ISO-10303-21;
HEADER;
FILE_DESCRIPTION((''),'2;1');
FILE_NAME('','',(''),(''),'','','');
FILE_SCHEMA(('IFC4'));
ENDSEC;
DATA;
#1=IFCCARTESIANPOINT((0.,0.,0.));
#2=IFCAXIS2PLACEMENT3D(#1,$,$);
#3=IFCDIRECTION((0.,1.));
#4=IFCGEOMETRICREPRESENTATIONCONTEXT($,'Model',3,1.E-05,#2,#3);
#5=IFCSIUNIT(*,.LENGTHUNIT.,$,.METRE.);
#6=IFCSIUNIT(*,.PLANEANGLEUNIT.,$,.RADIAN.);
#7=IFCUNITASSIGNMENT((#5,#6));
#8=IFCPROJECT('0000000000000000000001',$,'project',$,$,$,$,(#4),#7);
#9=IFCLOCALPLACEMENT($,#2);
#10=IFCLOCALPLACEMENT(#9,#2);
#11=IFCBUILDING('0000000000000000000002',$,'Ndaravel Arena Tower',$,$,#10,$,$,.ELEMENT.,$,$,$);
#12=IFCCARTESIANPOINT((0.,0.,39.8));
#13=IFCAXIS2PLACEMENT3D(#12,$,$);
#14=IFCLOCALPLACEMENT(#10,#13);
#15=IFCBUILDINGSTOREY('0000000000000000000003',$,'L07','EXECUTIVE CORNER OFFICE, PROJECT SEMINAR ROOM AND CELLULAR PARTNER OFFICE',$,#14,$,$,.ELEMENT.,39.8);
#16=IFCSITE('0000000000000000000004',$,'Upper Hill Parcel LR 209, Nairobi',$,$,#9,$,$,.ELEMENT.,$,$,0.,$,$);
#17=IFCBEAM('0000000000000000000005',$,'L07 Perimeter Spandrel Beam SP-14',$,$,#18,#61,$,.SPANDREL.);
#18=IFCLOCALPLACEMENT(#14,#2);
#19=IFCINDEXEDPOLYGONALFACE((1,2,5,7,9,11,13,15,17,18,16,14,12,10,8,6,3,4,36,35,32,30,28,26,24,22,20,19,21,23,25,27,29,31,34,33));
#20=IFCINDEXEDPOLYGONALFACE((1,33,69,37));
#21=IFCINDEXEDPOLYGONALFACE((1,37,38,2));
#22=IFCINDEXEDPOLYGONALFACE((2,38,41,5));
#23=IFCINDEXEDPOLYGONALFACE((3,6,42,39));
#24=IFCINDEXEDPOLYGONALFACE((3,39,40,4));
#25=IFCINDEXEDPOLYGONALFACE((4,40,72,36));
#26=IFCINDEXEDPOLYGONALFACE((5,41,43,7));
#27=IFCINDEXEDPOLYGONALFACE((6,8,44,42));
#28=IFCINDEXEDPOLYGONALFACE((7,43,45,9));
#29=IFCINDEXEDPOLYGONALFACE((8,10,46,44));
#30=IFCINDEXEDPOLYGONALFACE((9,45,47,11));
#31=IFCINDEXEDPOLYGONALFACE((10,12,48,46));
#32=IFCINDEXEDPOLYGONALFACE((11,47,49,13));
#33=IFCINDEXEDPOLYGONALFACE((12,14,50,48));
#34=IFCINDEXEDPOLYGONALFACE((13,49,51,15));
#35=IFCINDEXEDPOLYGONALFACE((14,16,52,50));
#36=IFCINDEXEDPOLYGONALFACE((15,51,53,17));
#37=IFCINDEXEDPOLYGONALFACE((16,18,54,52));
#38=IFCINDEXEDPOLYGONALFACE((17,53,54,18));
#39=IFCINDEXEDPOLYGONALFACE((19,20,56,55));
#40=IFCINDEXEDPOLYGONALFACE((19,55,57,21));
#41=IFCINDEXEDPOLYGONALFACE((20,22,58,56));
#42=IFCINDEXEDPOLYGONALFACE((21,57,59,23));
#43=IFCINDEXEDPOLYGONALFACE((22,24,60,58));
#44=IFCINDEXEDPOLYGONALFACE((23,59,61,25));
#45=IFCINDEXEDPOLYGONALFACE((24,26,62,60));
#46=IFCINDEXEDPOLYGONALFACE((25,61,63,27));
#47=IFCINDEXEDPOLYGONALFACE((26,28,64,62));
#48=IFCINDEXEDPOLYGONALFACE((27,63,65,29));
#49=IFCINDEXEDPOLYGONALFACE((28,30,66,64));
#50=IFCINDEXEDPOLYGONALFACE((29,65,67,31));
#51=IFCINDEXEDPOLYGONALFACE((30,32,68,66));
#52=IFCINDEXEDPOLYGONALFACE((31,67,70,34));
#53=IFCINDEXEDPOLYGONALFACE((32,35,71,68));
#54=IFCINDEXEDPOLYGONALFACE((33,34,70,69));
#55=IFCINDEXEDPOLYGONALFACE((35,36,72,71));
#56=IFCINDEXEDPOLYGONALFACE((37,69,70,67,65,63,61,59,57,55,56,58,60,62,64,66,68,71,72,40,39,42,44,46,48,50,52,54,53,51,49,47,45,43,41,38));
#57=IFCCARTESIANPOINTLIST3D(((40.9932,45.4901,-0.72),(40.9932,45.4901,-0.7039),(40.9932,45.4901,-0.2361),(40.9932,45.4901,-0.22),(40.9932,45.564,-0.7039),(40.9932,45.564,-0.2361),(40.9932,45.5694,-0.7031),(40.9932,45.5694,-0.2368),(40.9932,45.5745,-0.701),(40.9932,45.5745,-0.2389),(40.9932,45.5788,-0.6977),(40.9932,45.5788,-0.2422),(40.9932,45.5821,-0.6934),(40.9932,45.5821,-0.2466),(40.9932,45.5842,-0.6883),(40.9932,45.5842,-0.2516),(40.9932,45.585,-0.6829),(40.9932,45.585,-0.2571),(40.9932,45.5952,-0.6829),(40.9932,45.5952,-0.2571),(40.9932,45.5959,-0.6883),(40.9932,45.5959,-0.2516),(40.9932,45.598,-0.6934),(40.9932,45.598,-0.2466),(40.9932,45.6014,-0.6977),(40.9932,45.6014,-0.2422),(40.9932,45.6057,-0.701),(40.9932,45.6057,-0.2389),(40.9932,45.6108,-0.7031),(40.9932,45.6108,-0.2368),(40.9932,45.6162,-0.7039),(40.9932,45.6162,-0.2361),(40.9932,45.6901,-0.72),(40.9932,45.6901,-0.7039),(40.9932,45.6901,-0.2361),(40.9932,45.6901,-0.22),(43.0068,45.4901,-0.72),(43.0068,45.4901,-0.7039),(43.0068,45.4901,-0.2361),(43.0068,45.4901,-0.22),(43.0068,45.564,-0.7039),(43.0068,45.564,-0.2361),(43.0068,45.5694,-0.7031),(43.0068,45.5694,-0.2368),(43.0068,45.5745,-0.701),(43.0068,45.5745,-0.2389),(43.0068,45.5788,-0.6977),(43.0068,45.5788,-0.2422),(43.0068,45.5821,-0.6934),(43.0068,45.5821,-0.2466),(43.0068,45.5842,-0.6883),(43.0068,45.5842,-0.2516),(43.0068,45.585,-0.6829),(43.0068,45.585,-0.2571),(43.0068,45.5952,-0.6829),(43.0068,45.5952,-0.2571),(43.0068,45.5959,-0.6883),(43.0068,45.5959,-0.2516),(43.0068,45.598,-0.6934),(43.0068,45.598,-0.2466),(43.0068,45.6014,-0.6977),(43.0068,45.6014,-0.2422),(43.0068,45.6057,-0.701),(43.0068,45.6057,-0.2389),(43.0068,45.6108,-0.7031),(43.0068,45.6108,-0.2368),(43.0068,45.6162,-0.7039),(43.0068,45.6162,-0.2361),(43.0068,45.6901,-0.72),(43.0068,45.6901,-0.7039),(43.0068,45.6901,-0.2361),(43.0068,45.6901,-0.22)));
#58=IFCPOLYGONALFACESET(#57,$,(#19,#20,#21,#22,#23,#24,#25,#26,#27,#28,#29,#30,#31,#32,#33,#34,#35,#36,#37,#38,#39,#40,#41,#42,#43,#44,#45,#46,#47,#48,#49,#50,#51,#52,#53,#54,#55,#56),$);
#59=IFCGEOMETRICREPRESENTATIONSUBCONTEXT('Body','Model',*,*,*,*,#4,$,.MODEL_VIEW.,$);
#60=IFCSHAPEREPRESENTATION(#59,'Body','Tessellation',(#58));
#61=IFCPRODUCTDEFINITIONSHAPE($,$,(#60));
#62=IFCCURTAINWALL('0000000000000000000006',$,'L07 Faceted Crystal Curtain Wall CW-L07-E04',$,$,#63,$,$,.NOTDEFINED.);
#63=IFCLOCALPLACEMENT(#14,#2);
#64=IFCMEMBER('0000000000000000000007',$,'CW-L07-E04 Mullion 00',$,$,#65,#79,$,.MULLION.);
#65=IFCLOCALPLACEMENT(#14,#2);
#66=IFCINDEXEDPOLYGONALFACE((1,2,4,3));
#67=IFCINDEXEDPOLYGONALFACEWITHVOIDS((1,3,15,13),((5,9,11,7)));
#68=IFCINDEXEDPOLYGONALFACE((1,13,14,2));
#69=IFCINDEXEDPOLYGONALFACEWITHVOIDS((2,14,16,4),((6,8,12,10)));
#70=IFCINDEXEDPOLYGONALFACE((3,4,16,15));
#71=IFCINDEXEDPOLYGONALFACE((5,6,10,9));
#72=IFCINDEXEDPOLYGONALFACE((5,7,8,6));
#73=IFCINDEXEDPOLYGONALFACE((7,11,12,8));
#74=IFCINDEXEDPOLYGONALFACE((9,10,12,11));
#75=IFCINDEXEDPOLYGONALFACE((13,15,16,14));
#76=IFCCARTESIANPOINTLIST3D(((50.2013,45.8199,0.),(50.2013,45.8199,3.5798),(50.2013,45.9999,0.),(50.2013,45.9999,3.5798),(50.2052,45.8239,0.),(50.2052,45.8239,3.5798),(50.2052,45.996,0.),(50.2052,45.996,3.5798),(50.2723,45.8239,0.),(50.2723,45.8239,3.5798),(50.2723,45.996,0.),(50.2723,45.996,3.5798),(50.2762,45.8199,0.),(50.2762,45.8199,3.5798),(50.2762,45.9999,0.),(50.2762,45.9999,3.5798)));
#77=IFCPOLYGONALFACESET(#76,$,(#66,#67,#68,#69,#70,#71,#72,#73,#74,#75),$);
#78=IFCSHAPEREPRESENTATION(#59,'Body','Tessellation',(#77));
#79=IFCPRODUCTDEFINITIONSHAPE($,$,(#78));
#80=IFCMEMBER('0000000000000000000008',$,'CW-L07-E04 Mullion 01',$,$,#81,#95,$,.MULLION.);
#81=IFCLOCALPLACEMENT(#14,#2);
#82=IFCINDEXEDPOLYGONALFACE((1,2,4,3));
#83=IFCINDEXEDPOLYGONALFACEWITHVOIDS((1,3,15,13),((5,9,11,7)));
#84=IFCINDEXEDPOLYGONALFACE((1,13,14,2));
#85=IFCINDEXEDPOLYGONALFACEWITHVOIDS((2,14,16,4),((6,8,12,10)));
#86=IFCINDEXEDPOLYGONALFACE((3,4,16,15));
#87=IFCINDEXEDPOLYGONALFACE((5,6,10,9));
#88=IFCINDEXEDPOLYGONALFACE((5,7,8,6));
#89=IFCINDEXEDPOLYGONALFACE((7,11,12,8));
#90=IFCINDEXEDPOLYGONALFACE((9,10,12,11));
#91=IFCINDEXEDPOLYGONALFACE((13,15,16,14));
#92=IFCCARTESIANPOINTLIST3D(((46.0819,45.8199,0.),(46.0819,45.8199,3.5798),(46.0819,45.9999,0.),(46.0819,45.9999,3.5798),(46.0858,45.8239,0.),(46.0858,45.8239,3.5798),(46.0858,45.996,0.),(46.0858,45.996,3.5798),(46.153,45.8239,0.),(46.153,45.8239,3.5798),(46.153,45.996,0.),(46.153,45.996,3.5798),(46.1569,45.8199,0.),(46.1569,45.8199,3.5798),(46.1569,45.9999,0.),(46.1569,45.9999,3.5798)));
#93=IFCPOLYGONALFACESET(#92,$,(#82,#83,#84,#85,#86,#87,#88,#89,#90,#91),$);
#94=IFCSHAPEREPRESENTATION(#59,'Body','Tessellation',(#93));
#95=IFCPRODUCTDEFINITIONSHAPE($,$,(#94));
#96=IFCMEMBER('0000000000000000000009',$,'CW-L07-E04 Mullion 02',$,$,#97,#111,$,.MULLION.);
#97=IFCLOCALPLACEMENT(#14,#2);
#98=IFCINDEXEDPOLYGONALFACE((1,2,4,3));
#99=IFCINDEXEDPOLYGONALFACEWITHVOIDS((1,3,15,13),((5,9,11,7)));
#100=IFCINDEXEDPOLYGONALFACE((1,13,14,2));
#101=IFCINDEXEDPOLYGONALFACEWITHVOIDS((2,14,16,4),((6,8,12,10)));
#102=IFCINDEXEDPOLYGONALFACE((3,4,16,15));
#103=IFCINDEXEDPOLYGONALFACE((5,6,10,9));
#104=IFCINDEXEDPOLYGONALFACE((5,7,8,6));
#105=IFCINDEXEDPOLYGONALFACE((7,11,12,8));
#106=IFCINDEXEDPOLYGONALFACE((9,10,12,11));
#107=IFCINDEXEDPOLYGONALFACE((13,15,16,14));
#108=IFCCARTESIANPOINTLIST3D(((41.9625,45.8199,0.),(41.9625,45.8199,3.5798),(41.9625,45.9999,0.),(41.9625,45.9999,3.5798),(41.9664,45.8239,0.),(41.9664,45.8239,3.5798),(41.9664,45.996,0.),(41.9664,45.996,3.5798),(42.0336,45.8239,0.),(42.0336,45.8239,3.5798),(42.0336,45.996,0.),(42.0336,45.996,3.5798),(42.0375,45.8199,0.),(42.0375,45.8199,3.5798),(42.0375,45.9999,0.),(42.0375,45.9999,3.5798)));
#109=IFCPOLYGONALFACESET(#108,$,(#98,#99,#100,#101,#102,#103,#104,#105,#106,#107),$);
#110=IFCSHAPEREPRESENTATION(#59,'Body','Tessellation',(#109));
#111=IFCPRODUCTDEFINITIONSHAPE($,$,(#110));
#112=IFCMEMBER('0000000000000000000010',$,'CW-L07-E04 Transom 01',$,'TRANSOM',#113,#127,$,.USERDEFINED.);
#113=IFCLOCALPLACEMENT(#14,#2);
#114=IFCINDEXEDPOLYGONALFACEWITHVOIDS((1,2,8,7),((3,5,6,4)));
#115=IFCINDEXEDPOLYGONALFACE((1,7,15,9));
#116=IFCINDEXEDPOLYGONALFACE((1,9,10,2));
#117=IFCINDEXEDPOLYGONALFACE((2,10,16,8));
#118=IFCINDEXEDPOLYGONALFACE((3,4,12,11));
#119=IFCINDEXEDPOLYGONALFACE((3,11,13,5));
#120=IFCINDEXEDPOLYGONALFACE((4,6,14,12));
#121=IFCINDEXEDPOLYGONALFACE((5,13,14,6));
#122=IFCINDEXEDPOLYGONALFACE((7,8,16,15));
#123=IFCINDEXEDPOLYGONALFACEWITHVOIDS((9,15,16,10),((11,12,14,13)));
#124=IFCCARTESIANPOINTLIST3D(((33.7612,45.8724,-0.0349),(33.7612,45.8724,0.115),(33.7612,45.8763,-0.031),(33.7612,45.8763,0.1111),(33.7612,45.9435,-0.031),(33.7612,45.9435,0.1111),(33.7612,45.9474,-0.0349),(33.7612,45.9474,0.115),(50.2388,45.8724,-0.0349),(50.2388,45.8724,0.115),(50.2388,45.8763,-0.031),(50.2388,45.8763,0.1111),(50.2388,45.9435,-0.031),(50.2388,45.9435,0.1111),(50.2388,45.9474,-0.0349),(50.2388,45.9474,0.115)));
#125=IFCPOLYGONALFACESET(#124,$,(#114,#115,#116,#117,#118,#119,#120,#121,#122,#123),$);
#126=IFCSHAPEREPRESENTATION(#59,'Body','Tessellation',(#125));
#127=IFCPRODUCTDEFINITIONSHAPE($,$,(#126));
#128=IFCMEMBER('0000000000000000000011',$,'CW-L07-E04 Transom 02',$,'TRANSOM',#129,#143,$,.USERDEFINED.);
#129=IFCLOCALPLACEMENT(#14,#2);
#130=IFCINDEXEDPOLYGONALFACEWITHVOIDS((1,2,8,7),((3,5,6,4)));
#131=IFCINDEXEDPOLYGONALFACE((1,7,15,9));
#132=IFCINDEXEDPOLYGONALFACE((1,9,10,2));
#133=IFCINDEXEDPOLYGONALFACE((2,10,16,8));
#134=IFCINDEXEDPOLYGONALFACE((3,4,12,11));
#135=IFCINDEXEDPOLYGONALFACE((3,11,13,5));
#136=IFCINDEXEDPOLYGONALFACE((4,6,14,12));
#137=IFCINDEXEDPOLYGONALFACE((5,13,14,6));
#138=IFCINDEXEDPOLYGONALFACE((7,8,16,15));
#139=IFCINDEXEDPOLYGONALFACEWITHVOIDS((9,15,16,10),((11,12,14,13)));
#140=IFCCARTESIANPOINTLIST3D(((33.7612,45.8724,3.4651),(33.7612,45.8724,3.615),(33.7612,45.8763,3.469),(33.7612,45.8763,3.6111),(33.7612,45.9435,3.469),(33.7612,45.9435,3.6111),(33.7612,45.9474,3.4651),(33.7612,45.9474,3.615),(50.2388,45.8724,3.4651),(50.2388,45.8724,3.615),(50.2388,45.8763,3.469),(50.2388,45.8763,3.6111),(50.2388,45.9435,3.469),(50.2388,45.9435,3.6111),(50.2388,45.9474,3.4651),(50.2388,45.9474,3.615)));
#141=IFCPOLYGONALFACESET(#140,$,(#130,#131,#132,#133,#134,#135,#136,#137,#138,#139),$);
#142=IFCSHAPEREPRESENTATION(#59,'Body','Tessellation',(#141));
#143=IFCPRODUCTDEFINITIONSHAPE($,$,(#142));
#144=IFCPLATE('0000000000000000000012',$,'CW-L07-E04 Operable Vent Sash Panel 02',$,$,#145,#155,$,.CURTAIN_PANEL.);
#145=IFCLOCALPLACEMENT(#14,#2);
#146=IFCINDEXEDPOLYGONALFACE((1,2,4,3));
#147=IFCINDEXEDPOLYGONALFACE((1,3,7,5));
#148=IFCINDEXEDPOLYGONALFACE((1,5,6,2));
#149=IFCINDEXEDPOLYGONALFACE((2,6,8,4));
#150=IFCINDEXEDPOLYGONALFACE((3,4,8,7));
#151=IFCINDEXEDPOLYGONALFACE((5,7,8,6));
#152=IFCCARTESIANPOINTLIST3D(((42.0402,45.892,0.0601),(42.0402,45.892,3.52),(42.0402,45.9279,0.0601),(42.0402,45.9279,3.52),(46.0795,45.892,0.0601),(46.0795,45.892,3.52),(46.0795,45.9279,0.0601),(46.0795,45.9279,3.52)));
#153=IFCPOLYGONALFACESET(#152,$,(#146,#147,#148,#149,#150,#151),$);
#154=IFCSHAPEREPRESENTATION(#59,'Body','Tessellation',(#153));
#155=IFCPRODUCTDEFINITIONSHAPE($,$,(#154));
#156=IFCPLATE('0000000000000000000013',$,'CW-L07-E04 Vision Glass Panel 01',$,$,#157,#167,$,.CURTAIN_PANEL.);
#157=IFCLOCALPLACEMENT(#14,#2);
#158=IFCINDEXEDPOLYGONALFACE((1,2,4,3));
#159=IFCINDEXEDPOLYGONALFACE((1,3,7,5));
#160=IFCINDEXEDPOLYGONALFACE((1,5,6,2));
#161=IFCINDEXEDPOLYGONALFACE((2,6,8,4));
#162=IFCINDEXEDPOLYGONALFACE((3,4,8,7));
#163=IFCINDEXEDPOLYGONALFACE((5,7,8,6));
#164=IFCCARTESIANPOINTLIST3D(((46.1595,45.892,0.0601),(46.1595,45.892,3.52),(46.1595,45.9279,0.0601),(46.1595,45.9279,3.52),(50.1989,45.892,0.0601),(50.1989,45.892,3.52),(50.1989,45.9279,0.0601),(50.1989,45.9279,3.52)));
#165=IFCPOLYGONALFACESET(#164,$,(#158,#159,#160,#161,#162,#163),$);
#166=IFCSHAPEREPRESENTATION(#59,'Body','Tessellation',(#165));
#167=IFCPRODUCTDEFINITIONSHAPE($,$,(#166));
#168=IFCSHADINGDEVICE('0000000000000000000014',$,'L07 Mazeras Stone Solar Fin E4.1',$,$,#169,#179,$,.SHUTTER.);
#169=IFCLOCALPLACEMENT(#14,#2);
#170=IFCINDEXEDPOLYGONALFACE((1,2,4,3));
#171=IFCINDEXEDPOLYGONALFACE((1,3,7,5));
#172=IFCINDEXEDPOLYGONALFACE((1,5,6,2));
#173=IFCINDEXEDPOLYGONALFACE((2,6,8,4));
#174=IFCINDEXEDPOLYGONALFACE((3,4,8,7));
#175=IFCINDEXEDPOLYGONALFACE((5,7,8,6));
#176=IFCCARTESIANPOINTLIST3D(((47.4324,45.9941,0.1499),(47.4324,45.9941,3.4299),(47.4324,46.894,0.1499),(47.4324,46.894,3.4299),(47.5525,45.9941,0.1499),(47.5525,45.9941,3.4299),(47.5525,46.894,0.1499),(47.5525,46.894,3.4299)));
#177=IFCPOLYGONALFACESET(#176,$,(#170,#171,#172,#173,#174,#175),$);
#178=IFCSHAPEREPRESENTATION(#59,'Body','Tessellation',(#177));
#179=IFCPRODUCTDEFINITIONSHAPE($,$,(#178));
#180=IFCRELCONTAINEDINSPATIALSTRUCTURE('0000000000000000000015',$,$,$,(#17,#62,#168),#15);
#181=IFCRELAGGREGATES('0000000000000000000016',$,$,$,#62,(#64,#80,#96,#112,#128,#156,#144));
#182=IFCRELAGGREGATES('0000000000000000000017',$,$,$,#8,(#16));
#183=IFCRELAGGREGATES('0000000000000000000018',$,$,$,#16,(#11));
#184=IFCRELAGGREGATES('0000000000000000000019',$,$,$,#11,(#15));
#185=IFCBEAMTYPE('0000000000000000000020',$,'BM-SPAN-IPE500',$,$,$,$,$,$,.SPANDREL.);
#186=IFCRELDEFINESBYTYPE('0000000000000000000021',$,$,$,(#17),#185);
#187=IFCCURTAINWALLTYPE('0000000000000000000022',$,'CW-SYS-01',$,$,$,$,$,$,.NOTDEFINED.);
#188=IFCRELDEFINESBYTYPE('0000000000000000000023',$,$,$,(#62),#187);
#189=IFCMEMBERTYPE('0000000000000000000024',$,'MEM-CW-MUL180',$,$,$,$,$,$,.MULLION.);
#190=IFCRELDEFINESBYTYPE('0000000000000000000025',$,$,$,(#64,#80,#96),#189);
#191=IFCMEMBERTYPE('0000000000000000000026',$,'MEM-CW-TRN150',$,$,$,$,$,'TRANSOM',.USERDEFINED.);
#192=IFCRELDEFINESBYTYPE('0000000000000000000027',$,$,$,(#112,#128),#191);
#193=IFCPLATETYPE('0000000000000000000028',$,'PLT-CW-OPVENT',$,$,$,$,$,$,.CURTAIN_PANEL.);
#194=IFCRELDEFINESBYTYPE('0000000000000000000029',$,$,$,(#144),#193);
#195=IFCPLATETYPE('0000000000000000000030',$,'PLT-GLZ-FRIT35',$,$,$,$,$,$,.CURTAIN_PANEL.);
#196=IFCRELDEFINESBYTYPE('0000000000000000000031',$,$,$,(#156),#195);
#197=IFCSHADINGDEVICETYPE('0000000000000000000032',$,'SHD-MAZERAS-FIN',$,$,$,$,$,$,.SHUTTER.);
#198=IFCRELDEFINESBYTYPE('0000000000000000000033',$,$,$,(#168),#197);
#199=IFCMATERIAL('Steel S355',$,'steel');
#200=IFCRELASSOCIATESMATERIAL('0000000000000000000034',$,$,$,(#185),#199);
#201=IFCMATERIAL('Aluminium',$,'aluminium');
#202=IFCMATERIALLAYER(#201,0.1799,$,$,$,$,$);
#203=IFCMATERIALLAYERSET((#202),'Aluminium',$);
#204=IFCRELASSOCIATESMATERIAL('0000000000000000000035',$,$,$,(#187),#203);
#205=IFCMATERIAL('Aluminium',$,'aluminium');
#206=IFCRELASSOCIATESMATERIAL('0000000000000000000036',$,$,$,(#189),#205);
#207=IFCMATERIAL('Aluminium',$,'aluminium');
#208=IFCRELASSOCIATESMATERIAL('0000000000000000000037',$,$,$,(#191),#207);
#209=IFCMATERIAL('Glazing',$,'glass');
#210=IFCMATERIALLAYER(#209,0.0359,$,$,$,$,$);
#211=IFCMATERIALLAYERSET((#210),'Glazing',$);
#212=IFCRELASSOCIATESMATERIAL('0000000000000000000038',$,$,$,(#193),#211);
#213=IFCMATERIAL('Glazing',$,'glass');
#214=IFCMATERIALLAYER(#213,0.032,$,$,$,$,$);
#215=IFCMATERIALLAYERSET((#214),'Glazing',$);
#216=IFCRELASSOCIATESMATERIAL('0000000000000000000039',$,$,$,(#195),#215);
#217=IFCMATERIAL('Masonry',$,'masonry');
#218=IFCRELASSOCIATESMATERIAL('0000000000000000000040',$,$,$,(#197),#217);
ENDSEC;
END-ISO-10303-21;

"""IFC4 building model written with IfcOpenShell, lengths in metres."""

from ifc_helpers import new_model, si_unit, direction, frame, origin, origin_2d, place, context, subcontext, project, spatial, rectangle, hollow_rectangle, i_section, extrude, material, layer, layer_set, material_profile, profile_set, type_object, element, aggregate, save


model = new_model("IFC4")

# Units and contexts
model_context = context("Model", 3, precision=1e-05, world=origin(), true_north=direction((0.0, 1.0)))
body_context = subcontext(model_context, "Body", "Model", "MODEL_VIEW")
ifc_project = project(units=[si_unit("LENGTHUNIT", "METRE"), si_unit("PLANEANGLEUNIT", "RADIAN")], contexts=[model_context])

# Site, building, storey
site_placement = place(None, origin())
site = spatial("IfcSite", under=ifc_project, at=site_placement, Name="Upper Hill Parcel LR 209, Nairobi", CompositionType="ELEMENT", RefElevation=0.0)
building_placement = place(site_placement, origin())
building = spatial("IfcBuilding", under=site, at=building_placement, Name="Ndaravel Arena Tower", CompositionType="ELEMENT")
storey_placement = place(building_placement, frame((0.0, 0.0, 39.8)))
storey = spatial("IfcBuildingStorey", under=building, at=storey_placement, Name="L07", Description="EXECUTIVE CORNER OFFICE, PROJECT SEMINAR ROOM AND CELLULAR PARTNER OFFICE", CompositionType="ELEMENT", Elevation=39.8)

# Beam
ifc_material_1 = material(Name="Steel S355", Category="steel")
ifc_material_profile_1 = material_profile(ifc_material_1, i_section(OverallWidth=0.2, OverallDepth=0.5, WebThickness=0.0103, FlangeThickness=0.0161, FilletRadius=0.021, at=origin_2d()), Name="IPE 500")
ifc_profile_set_1 = profile_set([ifc_material_profile_1], Name="Steel S355")
beam_type_1 = type_object("IfcBeamType", Name="BM-SPAN-IPE500", PredefinedType="SPANDREL", material=ifc_profile_set_1)
beam_1_placement = place(storey_placement, frame((43.0068, 45.5901, -0.47), z_axis=(-1.0, 0.0, 0.0), x_axis=(0.0, -1.0, 0.0)))
element("IfcBeam", 1, at=beam_1_placement, inside=storey, type_object=beam_type_1, Name="L07 Perimeter Spandrel Beam SP-14", PredefinedType="SPANDREL", context=body_context, shape_type="SweptSolid", body=[
    extrude(i_section(OverallWidth=0.2, OverallDepth=0.5, WebThickness=0.0103, FlangeThickness=0.0161, FilletRadius=0.021, at=origin_2d()), origin(), (0.0, 0.0, 1.0), 2.0137),
])

# Curtain wall, members, plates
ifc_material_2 = material(Name="Aluminium", Category="aluminium")
ifc_layer_1 = layer(ifc_material_2, 0.1799)
ifc_layer_set_1 = layer_set([ifc_layer_1], Name="Aluminium")
curtain_wall_type = type_object("IfcCurtainWallType", Name="CW-SYS-01", PredefinedType="NOTDEFINED", material=ifc_layer_set_1)
curtain_wall_placement = place(storey_placement, origin())
curtain_wall = element("IfcCurtainWall", 2, at=curtain_wall_placement, inside=storey, type_object=curtain_wall_type, Name="L07 Faceted Crystal Curtain Wall CW-L07-E04", PredefinedType="NOTDEFINED")
ifc_material_3 = material(Name="Aluminium", Category="aluminium")
ifc_material_profile_2 = material_profile(ifc_material_3, hollow_rectangle(XDim=0.075, YDim=0.1799, WallThickness=0.0039, at=origin_2d()), Name="CW MULLION 75x180x4")
ifc_profile_set_2 = profile_set([ifc_material_profile_2], Name="Aluminium")
member_type_1 = type_object("IfcMemberType", Name="MEM-CW-MUL180", PredefinedType="MULLION", material=ifc_profile_set_2)
member_1_placement = place(storey_placement, frame((50.2388, 45.9099, 0.0), z_axis=(0.0, 0.0, 1.0), x_axis=(-1.0, 0.0, 0.0)))
member_1 = element("IfcMember", 3, at=member_1_placement, type_object=member_type_1, Name="CW-L07-E04 Mullion 00", PredefinedType="MULLION", context=body_context, shape_type="SweptSolid", body=[
    extrude(hollow_rectangle(XDim=0.075, YDim=0.1799, WallThickness=0.0039, at=origin_2d()), origin(), (0.0, 0.0, 1.0), 3.5798),
])
member_2_placement = place(storey_placement, frame((46.1194, 45.9099, 0.0), z_axis=(0.0, 0.0, 1.0), x_axis=(-1.0, 0.0, 0.0)))
member_2 = element("IfcMember", 4, at=member_2_placement, type_object=member_type_1, Name="CW-L07-E04 Mullion 01", PredefinedType="MULLION", context=body_context, shape_type="SweptSolid", body=[
    extrude(hollow_rectangle(XDim=0.075, YDim=0.1799, WallThickness=0.0039, at=origin_2d()), origin(), (0.0, 0.0, 1.0), 3.5798),
])
member_3_placement = place(storey_placement, frame((42.0, 45.9099, 0.0), z_axis=(0.0, 0.0, 1.0), x_axis=(-1.0, 0.0, 0.0)))
member_3 = element("IfcMember", 5, at=member_3_placement, type_object=member_type_1, Name="CW-L07-E04 Mullion 02", PredefinedType="MULLION", context=body_context, shape_type="SweptSolid", body=[
    extrude(hollow_rectangle(XDim=0.075, YDim=0.1799, WallThickness=0.0039, at=origin_2d()), origin(), (0.0, 0.0, 1.0), 3.5798),
])
ifc_material_4 = material(Name="Aluminium", Category="aluminium")
ifc_material_profile_3 = material_profile(ifc_material_4, hollow_rectangle(XDim=0.075, YDim=0.1499, WallThickness=0.0039, at=origin_2d()), Name="CW TRANSOM 75x150x4")
ifc_profile_set_3 = profile_set([ifc_material_profile_3], Name="Aluminium")
member_type_2 = type_object("IfcMemberType", Name="MEM-CW-TRN150", ElementType="TRANSOM", PredefinedType="USERDEFINED", material=ifc_profile_set_3)
member_4_placement = place(storey_placement, frame((50.2388, 45.9099, 0.04), z_axis=(-1.0, 0.0, 0.0), x_axis=(0.0, -1.0, 0.0)))
member_4 = element("IfcMember", 6, at=member_4_placement, type_object=member_type_2, Name="CW-L07-E04 Transom 01", ObjectType="TRANSOM", PredefinedType="USERDEFINED", context=body_context, shape_type="SweptSolid", body=[
    extrude(hollow_rectangle(XDim=0.075, YDim=0.1499, WallThickness=0.0039, at=origin_2d()), origin(), (0.0, 0.0, 1.0), 16.4775),
])
member_5_placement = place(storey_placement, frame((50.2388, 45.9099, 3.54), z_axis=(-1.0, 0.0, 0.0), x_axis=(0.0, -1.0, 0.0)))
member_5 = element("IfcMember", 7, at=member_5_placement, type_object=member_type_2, Name="CW-L07-E04 Transom 02", ObjectType="TRANSOM", PredefinedType="USERDEFINED", context=body_context, shape_type="SweptSolid", body=[
    extrude(hollow_rectangle(XDim=0.075, YDim=0.1499, WallThickness=0.0039, at=origin_2d()), origin(), (0.0, 0.0, 1.0), 16.4775),
])
ifc_material_5 = material(Name="Glazing", Category="glass")
ifc_layer_2 = layer(ifc_material_5, 0.0359)
ifc_layer_set_2 = layer_set([ifc_layer_2], Name="Glazing")
plate_type_1 = type_object("IfcPlateType", Name="PLT-CW-OPVENT", PredefinedType="CURTAIN_PANEL", material=ifc_layer_set_2)
plate_1_placement = place(storey_placement, frame((44.0598, 45.9099, 0.0601), z_axis=(0.0, 0.0, 1.0), x_axis=(-1.0, 0.0, 0.0)))
plate_1 = element("IfcPlate", 8, at=plate_1_placement, type_object=plate_type_1, Name="CW-L07-E04 Operable Vent Sash Panel 02", PredefinedType="CURTAIN_PANEL", context=body_context, shape_type="SweptSolid", body=[
    extrude(rectangle(XDim=4.0393, YDim=0.0359, at=origin_2d()), origin(), (0.0, 0.0, 1.0), 3.46),
])
ifc_material_6 = material(Name="Glazing", Category="glass")
ifc_layer_3 = layer(ifc_material_6, 0.032)
ifc_layer_set_3 = layer_set([ifc_layer_3], Name="Glazing")
plate_type_2 = type_object("IfcPlateType", Name="PLT-GLZ-FRIT35", PredefinedType="CURTAIN_PANEL", material=ifc_layer_set_3)
plate_2_placement = place(storey_placement, frame((48.1792, 45.9099, 0.0601), z_axis=(0.0, 0.0, 1.0), x_axis=(-1.0, 0.0, 0.0)))
plate_2 = element("IfcPlate", 9, at=plate_2_placement, type_object=plate_type_2, Name="CW-L07-E04 Vision Glass Panel 01", PredefinedType="CURTAIN_PANEL", context=body_context, shape_type="SweptSolid", body=[
    extrude(rectangle(XDim=4.0393, YDim=0.0359, at=origin_2d()), origin(), (0.0, 0.0, 1.0), 3.46),
])
aggregate(curtain_wall, [member_1, member_2, member_3, member_4, member_5, plate_2, plate_1])

# Shading device
ifc_material_7 = material(Name="Masonry", Category="masonry")
shading_device_type = type_object("IfcShadingDeviceType", Name="SHD-MAZERAS-FIN", PredefinedType="SHUTTER", material=ifc_material_7)
for number, where, z_axis, x_axis, name in (
    (10, (47.4924, 46.4441, 0.1499), (0.0, 0.0, 1.0), (0.0, 1.0, 0.0), "L07 Mazeras Stone Solar Fin E4.1"),
):
    element("IfcShadingDevice", number, at=place(storey_placement, frame(where, z_axis=z_axis, x_axis=x_axis)), inside=storey, type_object=shading_device_type, Name=name, PredefinedType="SHUTTER", context=body_context, shape_type="SweptSolid", body=[
        extrude(rectangle(XDim=0.8999, YDim=0.1201, at=origin_2d()), origin(), (0.0, 0.0, 1.0), 3.28),
    ])

save(model, "model.ifc")
